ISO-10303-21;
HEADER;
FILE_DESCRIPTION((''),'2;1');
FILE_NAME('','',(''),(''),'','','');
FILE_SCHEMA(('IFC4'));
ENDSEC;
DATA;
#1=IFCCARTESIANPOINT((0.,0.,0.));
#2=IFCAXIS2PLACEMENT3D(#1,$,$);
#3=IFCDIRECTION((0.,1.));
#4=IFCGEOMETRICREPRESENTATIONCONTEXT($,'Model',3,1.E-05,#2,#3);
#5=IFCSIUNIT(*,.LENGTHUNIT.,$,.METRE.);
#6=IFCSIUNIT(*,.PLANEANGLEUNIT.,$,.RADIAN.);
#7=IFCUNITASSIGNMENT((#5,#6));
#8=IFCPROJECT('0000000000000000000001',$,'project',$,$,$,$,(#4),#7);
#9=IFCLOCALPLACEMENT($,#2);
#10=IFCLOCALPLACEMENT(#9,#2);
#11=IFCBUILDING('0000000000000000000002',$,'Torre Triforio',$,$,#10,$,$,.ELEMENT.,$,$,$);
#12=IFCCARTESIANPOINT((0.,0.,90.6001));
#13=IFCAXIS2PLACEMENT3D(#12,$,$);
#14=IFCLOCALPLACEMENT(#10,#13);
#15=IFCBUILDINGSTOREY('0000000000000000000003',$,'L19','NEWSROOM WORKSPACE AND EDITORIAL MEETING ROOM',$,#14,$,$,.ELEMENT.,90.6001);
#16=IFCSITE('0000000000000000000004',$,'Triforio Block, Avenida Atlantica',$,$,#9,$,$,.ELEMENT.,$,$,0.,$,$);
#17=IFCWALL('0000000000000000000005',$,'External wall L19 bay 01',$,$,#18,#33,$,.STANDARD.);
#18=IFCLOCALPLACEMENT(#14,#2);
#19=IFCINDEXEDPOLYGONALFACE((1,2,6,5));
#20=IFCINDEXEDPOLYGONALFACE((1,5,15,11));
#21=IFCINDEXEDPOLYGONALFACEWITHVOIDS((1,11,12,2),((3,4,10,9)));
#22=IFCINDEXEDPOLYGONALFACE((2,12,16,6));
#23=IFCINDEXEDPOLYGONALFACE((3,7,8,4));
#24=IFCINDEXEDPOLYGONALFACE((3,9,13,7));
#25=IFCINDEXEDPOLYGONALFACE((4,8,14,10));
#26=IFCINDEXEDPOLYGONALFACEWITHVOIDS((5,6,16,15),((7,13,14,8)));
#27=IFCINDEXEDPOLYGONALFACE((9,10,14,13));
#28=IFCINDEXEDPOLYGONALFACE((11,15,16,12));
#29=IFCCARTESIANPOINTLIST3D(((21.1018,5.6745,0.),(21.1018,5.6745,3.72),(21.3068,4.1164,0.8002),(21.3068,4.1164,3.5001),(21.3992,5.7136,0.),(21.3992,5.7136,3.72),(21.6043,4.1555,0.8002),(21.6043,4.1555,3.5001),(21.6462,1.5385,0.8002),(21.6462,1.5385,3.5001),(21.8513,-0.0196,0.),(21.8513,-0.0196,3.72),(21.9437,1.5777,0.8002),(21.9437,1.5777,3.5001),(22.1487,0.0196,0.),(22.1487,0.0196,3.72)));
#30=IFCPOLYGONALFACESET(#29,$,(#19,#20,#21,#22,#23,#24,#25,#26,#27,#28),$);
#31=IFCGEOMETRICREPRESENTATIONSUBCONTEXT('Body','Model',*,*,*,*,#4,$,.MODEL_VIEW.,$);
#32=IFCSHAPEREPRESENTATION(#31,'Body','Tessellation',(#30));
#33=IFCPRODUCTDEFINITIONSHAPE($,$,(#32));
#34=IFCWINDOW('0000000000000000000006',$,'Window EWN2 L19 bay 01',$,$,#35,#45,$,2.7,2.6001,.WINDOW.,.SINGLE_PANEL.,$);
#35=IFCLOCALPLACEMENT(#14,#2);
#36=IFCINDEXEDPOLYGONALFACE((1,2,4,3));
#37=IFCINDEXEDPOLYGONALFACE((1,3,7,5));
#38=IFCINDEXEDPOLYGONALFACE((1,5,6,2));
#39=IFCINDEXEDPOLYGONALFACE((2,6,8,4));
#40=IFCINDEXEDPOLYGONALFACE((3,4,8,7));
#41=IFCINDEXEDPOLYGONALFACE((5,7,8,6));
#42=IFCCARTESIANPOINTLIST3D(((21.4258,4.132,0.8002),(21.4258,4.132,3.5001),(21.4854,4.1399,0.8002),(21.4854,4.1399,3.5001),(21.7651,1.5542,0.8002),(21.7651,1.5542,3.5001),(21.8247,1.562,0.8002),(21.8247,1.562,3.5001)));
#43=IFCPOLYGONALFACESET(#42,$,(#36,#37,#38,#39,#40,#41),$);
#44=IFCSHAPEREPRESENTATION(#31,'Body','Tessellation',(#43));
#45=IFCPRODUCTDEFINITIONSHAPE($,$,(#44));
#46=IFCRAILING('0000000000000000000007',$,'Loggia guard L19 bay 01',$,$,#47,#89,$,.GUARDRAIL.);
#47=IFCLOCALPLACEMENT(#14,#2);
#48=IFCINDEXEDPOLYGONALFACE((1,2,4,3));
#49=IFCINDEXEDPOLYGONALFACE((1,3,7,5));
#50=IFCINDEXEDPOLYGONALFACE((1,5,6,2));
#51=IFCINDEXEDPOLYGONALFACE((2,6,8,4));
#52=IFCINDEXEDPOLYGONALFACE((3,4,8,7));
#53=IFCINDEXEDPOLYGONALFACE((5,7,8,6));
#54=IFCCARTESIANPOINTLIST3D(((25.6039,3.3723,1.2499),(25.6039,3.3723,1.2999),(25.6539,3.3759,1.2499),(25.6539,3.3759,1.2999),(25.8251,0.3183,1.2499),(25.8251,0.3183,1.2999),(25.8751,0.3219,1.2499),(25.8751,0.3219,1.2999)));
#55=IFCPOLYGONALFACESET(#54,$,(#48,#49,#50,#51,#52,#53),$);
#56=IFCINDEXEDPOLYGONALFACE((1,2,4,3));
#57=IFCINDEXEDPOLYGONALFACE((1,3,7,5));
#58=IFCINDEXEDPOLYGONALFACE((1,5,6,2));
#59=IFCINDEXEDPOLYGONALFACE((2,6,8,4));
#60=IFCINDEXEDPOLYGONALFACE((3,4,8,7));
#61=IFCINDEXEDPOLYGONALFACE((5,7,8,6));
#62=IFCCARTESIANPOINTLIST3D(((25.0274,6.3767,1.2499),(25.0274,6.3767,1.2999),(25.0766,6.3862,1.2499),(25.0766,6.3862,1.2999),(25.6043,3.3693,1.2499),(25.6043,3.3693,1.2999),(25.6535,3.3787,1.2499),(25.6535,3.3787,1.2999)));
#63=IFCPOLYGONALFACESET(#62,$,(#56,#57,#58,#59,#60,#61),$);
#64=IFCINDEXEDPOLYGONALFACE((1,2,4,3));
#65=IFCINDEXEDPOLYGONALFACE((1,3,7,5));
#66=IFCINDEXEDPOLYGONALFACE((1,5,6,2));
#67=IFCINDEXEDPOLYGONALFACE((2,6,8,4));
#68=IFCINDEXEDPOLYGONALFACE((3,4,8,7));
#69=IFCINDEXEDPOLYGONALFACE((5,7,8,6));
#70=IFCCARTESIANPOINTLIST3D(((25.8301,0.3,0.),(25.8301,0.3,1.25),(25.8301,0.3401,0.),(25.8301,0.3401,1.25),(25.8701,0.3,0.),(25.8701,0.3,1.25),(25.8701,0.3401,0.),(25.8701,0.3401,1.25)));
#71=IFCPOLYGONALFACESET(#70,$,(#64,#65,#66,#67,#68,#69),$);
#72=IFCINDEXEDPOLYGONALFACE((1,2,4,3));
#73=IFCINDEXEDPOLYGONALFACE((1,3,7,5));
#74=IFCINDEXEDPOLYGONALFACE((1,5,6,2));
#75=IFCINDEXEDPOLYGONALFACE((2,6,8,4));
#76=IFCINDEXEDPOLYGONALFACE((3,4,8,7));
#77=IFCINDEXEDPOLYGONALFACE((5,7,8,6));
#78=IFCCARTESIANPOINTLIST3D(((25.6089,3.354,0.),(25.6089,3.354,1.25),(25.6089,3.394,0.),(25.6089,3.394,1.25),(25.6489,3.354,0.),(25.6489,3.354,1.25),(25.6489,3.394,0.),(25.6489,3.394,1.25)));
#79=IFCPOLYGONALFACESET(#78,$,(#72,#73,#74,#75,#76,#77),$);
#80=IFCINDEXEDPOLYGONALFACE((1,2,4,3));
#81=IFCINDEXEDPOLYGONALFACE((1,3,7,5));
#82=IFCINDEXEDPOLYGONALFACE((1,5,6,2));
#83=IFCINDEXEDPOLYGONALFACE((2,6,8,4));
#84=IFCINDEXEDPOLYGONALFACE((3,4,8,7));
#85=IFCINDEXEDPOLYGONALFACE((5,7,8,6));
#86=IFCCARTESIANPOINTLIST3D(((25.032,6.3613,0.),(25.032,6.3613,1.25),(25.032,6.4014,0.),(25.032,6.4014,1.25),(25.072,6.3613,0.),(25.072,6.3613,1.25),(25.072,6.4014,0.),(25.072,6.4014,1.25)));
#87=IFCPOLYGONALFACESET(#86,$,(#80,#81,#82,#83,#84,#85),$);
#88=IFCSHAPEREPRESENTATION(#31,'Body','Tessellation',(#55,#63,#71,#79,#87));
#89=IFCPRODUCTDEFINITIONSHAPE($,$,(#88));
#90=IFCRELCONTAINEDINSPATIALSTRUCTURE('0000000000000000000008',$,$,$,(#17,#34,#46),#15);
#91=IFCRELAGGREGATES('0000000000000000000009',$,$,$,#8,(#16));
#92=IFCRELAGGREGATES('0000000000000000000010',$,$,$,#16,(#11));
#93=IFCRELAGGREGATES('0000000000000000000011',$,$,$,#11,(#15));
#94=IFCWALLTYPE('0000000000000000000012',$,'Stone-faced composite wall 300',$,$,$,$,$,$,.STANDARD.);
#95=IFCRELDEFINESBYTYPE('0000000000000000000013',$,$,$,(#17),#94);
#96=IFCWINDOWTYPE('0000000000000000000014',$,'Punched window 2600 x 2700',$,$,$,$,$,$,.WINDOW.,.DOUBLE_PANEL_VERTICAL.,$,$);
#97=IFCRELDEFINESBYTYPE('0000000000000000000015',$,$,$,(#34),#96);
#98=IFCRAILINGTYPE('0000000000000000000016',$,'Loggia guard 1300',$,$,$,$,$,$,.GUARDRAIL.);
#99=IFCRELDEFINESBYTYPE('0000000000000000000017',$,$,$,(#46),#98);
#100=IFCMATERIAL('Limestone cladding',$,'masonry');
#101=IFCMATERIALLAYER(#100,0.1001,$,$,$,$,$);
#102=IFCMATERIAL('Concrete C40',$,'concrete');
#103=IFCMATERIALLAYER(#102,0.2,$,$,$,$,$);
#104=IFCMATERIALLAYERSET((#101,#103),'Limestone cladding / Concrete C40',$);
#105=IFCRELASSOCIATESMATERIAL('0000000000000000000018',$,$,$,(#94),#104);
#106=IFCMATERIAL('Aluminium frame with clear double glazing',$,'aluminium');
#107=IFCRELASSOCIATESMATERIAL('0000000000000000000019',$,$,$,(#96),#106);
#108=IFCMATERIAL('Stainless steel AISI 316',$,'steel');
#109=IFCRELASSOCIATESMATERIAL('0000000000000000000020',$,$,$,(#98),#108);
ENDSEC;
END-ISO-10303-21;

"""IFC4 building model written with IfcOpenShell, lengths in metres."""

from ifc_helpers import new_model, si_unit, direction, frame, frame_2d, origin, origin_2d, place, context, subcontext, project, spatial, rectangle, extrude, material, layer, layer_set, type_object, element, fill, save


model = new_model("IFC4")

# Units and contexts
model_context = context("Model", 3, precision=1e-05, world=origin(), true_north=direction((0.0, 1.0)))
body_context = subcontext(model_context, "Body", "Model", "MODEL_VIEW")
ifc_project = project(units=[si_unit("LENGTHUNIT", "METRE"), si_unit("PLANEANGLEUNIT", "RADIAN")], contexts=[model_context])

# Site, building, storey
site_placement = place(None, origin())
site = spatial("IfcSite", under=ifc_project, at=site_placement, Name="Triforio Block, Avenida Atlantica", CompositionType="ELEMENT", RefElevation=0.0)
building_placement = place(site_placement, origin())
building = spatial("IfcBuilding", under=site, at=building_placement, Name="Torre Triforio", CompositionType="ELEMENT")
storey_placement = place(building_placement, frame((0.0, 0.0, 90.6001)))
storey = spatial("IfcBuildingStorey", under=building, at=storey_placement, Name="L19", Description="NEWSROOM WORKSPACE AND EDITORIAL MEETING ROOM", CompositionType="ELEMENT", Elevation=90.6001)

# Shared definitions
ifc_material_1 = material(Name="Limestone cladding", Category="masonry")
ifc_material_2 = material(Name="Concrete C40", Category="concrete")

# Wall, opening, window
ifc_layer_1 = layer(ifc_material_1, 0.1001)
ifc_layer_2 = layer(ifc_material_2, 0.2)
ifc_layer_set_1 = layer_set([ifc_layer_1, ifc_layer_2], Name="Limestone cladding / Concrete C40")
wall_type_1 = type_object("IfcWallType", Name="Stone-faced composite wall 300", PredefinedType="STANDARD", material=ifc_layer_set_1)
wall_1_placement = place(storey_placement, frame((22.0, 0.0, 0.0), z_axis=(0.0, 0.0, 1.0), x_axis=(-0.130504, 0.991448, 0.0)))
wall_1 = element("IfcWall", 1, at=wall_1_placement, inside=storey, type_object=wall_type_1, Name="External wall L19 bay 01", PredefinedType="STANDARD", context=body_context, shape_type="SweptSolid", body=[
    extrude(rectangle(XDim=5.7432, YDim=0.3, at=frame_2d((2.8716, 0.0))), origin(), (0.0, 0.0, 1.0), 3.72),
])
opening_1_placement = place(wall_1_placement, frame((1.5715, 0.0, 0.8)))
opening_1 = element("IfcOpeningElement", 2, at=opening_1_placement, cuts=wall_1, PredefinedType="OPENING", context=body_context, shape_type="SweptSolid", body=[
    extrude(rectangle(XDim=2.6001, YDim=2.7, at=frame_2d((1.3, 1.3501))), frame((0.0, 0.1599, 0.0), z_axis=(0.0, -1.0, 0.0), x_axis=(1.0, 0.0, 0.0)), (0.0, 0.0, 1.0), 0.3201),
])
ifc_material_3 = material(Name="Aluminium frame with clear double glazing", Category="aluminium")
window_type_1 = type_object("IfcWindowType", Name="Punched window 2600 x 2700", PartitioningType="DOUBLE_PANEL_VERTICAL", PredefinedType="WINDOW", material=ifc_material_3)
window_1_placement = place(opening_1_placement, origin())
window_1 = element("IfcWindow", 3, at=window_1_placement, inside=storey, type_object=window_type_1, Name="Window EWN2 L19 bay 01", OverallHeight=2.7, OverallWidth=2.6001, PartitioningType="SINGLE_PANEL", PredefinedType="WINDOW", context=body_context, shape_type="SweptSolid", body=[
    extrude(rectangle(XDim=2.6001, YDim=2.7, at=frame_2d((1.3, 1.3501))), frame((0.0, 0.03, 0.0), z_axis=(0.0, -1.0, 0.0), x_axis=(1.0, 0.0, 0.0)), (0.0, 0.0, 1.0), 0.0601),
])
fill(opening_1, window_1)

# Railing
ifc_material_4 = material(Name="Stainless steel AISI 316", Category="steel")
railing_type = type_object("IfcRailingType", Name="Loggia guard 1300", PredefinedType="GUARDRAIL", material=ifc_material_4)
railing_placement = place(storey_placement, frame((25.8501, 0.3201, 0.0)))
element("IfcRailing", 4, at=railing_placement, inside=storey, type_object=railing_type, Name="Loggia guard L19 bay 01", PredefinedType="GUARDRAIL", context=body_context, shape_type="SweptSolid", body=[
    extrude(rectangle(XDim=0.05, YDim=0.05, at=origin_2d()), frame((0.0, 0.0, 1.2749), z_axis=(-0.072239, 0.997387, 0.0), x_axis=(-0.997387, -0.072239, 0.0)), (0.0, 0.0, 1.0), 3.062),
    extrude(rectangle(XDim=0.05, YDim=0.05, at=origin_2d()), frame((-0.2212, 3.054, 1.2749), z_axis=(-0.188398, 0.982093, 0.0), x_axis=(-0.982093, -0.188398, 0.0)), (0.0, 0.0, 1.0), 3.0623),
    extrude(rectangle(XDim=0.04, YDim=0.04, at=origin_2d()), origin(), (0.0, 0.0, 1.0), 1.25),
    extrude(rectangle(XDim=0.04, YDim=0.04, at=origin_2d()), frame((-0.2212, 3.054, 0.0)), (0.0, 0.0, 1.0), 1.25),
    extrude(rectangle(XDim=0.04, YDim=0.04, at=origin_2d()), frame((-0.7981, 6.0613, 0.0)), (0.0, 0.0, 1.0), 1.25),
])

save(model, "model.ifc")
